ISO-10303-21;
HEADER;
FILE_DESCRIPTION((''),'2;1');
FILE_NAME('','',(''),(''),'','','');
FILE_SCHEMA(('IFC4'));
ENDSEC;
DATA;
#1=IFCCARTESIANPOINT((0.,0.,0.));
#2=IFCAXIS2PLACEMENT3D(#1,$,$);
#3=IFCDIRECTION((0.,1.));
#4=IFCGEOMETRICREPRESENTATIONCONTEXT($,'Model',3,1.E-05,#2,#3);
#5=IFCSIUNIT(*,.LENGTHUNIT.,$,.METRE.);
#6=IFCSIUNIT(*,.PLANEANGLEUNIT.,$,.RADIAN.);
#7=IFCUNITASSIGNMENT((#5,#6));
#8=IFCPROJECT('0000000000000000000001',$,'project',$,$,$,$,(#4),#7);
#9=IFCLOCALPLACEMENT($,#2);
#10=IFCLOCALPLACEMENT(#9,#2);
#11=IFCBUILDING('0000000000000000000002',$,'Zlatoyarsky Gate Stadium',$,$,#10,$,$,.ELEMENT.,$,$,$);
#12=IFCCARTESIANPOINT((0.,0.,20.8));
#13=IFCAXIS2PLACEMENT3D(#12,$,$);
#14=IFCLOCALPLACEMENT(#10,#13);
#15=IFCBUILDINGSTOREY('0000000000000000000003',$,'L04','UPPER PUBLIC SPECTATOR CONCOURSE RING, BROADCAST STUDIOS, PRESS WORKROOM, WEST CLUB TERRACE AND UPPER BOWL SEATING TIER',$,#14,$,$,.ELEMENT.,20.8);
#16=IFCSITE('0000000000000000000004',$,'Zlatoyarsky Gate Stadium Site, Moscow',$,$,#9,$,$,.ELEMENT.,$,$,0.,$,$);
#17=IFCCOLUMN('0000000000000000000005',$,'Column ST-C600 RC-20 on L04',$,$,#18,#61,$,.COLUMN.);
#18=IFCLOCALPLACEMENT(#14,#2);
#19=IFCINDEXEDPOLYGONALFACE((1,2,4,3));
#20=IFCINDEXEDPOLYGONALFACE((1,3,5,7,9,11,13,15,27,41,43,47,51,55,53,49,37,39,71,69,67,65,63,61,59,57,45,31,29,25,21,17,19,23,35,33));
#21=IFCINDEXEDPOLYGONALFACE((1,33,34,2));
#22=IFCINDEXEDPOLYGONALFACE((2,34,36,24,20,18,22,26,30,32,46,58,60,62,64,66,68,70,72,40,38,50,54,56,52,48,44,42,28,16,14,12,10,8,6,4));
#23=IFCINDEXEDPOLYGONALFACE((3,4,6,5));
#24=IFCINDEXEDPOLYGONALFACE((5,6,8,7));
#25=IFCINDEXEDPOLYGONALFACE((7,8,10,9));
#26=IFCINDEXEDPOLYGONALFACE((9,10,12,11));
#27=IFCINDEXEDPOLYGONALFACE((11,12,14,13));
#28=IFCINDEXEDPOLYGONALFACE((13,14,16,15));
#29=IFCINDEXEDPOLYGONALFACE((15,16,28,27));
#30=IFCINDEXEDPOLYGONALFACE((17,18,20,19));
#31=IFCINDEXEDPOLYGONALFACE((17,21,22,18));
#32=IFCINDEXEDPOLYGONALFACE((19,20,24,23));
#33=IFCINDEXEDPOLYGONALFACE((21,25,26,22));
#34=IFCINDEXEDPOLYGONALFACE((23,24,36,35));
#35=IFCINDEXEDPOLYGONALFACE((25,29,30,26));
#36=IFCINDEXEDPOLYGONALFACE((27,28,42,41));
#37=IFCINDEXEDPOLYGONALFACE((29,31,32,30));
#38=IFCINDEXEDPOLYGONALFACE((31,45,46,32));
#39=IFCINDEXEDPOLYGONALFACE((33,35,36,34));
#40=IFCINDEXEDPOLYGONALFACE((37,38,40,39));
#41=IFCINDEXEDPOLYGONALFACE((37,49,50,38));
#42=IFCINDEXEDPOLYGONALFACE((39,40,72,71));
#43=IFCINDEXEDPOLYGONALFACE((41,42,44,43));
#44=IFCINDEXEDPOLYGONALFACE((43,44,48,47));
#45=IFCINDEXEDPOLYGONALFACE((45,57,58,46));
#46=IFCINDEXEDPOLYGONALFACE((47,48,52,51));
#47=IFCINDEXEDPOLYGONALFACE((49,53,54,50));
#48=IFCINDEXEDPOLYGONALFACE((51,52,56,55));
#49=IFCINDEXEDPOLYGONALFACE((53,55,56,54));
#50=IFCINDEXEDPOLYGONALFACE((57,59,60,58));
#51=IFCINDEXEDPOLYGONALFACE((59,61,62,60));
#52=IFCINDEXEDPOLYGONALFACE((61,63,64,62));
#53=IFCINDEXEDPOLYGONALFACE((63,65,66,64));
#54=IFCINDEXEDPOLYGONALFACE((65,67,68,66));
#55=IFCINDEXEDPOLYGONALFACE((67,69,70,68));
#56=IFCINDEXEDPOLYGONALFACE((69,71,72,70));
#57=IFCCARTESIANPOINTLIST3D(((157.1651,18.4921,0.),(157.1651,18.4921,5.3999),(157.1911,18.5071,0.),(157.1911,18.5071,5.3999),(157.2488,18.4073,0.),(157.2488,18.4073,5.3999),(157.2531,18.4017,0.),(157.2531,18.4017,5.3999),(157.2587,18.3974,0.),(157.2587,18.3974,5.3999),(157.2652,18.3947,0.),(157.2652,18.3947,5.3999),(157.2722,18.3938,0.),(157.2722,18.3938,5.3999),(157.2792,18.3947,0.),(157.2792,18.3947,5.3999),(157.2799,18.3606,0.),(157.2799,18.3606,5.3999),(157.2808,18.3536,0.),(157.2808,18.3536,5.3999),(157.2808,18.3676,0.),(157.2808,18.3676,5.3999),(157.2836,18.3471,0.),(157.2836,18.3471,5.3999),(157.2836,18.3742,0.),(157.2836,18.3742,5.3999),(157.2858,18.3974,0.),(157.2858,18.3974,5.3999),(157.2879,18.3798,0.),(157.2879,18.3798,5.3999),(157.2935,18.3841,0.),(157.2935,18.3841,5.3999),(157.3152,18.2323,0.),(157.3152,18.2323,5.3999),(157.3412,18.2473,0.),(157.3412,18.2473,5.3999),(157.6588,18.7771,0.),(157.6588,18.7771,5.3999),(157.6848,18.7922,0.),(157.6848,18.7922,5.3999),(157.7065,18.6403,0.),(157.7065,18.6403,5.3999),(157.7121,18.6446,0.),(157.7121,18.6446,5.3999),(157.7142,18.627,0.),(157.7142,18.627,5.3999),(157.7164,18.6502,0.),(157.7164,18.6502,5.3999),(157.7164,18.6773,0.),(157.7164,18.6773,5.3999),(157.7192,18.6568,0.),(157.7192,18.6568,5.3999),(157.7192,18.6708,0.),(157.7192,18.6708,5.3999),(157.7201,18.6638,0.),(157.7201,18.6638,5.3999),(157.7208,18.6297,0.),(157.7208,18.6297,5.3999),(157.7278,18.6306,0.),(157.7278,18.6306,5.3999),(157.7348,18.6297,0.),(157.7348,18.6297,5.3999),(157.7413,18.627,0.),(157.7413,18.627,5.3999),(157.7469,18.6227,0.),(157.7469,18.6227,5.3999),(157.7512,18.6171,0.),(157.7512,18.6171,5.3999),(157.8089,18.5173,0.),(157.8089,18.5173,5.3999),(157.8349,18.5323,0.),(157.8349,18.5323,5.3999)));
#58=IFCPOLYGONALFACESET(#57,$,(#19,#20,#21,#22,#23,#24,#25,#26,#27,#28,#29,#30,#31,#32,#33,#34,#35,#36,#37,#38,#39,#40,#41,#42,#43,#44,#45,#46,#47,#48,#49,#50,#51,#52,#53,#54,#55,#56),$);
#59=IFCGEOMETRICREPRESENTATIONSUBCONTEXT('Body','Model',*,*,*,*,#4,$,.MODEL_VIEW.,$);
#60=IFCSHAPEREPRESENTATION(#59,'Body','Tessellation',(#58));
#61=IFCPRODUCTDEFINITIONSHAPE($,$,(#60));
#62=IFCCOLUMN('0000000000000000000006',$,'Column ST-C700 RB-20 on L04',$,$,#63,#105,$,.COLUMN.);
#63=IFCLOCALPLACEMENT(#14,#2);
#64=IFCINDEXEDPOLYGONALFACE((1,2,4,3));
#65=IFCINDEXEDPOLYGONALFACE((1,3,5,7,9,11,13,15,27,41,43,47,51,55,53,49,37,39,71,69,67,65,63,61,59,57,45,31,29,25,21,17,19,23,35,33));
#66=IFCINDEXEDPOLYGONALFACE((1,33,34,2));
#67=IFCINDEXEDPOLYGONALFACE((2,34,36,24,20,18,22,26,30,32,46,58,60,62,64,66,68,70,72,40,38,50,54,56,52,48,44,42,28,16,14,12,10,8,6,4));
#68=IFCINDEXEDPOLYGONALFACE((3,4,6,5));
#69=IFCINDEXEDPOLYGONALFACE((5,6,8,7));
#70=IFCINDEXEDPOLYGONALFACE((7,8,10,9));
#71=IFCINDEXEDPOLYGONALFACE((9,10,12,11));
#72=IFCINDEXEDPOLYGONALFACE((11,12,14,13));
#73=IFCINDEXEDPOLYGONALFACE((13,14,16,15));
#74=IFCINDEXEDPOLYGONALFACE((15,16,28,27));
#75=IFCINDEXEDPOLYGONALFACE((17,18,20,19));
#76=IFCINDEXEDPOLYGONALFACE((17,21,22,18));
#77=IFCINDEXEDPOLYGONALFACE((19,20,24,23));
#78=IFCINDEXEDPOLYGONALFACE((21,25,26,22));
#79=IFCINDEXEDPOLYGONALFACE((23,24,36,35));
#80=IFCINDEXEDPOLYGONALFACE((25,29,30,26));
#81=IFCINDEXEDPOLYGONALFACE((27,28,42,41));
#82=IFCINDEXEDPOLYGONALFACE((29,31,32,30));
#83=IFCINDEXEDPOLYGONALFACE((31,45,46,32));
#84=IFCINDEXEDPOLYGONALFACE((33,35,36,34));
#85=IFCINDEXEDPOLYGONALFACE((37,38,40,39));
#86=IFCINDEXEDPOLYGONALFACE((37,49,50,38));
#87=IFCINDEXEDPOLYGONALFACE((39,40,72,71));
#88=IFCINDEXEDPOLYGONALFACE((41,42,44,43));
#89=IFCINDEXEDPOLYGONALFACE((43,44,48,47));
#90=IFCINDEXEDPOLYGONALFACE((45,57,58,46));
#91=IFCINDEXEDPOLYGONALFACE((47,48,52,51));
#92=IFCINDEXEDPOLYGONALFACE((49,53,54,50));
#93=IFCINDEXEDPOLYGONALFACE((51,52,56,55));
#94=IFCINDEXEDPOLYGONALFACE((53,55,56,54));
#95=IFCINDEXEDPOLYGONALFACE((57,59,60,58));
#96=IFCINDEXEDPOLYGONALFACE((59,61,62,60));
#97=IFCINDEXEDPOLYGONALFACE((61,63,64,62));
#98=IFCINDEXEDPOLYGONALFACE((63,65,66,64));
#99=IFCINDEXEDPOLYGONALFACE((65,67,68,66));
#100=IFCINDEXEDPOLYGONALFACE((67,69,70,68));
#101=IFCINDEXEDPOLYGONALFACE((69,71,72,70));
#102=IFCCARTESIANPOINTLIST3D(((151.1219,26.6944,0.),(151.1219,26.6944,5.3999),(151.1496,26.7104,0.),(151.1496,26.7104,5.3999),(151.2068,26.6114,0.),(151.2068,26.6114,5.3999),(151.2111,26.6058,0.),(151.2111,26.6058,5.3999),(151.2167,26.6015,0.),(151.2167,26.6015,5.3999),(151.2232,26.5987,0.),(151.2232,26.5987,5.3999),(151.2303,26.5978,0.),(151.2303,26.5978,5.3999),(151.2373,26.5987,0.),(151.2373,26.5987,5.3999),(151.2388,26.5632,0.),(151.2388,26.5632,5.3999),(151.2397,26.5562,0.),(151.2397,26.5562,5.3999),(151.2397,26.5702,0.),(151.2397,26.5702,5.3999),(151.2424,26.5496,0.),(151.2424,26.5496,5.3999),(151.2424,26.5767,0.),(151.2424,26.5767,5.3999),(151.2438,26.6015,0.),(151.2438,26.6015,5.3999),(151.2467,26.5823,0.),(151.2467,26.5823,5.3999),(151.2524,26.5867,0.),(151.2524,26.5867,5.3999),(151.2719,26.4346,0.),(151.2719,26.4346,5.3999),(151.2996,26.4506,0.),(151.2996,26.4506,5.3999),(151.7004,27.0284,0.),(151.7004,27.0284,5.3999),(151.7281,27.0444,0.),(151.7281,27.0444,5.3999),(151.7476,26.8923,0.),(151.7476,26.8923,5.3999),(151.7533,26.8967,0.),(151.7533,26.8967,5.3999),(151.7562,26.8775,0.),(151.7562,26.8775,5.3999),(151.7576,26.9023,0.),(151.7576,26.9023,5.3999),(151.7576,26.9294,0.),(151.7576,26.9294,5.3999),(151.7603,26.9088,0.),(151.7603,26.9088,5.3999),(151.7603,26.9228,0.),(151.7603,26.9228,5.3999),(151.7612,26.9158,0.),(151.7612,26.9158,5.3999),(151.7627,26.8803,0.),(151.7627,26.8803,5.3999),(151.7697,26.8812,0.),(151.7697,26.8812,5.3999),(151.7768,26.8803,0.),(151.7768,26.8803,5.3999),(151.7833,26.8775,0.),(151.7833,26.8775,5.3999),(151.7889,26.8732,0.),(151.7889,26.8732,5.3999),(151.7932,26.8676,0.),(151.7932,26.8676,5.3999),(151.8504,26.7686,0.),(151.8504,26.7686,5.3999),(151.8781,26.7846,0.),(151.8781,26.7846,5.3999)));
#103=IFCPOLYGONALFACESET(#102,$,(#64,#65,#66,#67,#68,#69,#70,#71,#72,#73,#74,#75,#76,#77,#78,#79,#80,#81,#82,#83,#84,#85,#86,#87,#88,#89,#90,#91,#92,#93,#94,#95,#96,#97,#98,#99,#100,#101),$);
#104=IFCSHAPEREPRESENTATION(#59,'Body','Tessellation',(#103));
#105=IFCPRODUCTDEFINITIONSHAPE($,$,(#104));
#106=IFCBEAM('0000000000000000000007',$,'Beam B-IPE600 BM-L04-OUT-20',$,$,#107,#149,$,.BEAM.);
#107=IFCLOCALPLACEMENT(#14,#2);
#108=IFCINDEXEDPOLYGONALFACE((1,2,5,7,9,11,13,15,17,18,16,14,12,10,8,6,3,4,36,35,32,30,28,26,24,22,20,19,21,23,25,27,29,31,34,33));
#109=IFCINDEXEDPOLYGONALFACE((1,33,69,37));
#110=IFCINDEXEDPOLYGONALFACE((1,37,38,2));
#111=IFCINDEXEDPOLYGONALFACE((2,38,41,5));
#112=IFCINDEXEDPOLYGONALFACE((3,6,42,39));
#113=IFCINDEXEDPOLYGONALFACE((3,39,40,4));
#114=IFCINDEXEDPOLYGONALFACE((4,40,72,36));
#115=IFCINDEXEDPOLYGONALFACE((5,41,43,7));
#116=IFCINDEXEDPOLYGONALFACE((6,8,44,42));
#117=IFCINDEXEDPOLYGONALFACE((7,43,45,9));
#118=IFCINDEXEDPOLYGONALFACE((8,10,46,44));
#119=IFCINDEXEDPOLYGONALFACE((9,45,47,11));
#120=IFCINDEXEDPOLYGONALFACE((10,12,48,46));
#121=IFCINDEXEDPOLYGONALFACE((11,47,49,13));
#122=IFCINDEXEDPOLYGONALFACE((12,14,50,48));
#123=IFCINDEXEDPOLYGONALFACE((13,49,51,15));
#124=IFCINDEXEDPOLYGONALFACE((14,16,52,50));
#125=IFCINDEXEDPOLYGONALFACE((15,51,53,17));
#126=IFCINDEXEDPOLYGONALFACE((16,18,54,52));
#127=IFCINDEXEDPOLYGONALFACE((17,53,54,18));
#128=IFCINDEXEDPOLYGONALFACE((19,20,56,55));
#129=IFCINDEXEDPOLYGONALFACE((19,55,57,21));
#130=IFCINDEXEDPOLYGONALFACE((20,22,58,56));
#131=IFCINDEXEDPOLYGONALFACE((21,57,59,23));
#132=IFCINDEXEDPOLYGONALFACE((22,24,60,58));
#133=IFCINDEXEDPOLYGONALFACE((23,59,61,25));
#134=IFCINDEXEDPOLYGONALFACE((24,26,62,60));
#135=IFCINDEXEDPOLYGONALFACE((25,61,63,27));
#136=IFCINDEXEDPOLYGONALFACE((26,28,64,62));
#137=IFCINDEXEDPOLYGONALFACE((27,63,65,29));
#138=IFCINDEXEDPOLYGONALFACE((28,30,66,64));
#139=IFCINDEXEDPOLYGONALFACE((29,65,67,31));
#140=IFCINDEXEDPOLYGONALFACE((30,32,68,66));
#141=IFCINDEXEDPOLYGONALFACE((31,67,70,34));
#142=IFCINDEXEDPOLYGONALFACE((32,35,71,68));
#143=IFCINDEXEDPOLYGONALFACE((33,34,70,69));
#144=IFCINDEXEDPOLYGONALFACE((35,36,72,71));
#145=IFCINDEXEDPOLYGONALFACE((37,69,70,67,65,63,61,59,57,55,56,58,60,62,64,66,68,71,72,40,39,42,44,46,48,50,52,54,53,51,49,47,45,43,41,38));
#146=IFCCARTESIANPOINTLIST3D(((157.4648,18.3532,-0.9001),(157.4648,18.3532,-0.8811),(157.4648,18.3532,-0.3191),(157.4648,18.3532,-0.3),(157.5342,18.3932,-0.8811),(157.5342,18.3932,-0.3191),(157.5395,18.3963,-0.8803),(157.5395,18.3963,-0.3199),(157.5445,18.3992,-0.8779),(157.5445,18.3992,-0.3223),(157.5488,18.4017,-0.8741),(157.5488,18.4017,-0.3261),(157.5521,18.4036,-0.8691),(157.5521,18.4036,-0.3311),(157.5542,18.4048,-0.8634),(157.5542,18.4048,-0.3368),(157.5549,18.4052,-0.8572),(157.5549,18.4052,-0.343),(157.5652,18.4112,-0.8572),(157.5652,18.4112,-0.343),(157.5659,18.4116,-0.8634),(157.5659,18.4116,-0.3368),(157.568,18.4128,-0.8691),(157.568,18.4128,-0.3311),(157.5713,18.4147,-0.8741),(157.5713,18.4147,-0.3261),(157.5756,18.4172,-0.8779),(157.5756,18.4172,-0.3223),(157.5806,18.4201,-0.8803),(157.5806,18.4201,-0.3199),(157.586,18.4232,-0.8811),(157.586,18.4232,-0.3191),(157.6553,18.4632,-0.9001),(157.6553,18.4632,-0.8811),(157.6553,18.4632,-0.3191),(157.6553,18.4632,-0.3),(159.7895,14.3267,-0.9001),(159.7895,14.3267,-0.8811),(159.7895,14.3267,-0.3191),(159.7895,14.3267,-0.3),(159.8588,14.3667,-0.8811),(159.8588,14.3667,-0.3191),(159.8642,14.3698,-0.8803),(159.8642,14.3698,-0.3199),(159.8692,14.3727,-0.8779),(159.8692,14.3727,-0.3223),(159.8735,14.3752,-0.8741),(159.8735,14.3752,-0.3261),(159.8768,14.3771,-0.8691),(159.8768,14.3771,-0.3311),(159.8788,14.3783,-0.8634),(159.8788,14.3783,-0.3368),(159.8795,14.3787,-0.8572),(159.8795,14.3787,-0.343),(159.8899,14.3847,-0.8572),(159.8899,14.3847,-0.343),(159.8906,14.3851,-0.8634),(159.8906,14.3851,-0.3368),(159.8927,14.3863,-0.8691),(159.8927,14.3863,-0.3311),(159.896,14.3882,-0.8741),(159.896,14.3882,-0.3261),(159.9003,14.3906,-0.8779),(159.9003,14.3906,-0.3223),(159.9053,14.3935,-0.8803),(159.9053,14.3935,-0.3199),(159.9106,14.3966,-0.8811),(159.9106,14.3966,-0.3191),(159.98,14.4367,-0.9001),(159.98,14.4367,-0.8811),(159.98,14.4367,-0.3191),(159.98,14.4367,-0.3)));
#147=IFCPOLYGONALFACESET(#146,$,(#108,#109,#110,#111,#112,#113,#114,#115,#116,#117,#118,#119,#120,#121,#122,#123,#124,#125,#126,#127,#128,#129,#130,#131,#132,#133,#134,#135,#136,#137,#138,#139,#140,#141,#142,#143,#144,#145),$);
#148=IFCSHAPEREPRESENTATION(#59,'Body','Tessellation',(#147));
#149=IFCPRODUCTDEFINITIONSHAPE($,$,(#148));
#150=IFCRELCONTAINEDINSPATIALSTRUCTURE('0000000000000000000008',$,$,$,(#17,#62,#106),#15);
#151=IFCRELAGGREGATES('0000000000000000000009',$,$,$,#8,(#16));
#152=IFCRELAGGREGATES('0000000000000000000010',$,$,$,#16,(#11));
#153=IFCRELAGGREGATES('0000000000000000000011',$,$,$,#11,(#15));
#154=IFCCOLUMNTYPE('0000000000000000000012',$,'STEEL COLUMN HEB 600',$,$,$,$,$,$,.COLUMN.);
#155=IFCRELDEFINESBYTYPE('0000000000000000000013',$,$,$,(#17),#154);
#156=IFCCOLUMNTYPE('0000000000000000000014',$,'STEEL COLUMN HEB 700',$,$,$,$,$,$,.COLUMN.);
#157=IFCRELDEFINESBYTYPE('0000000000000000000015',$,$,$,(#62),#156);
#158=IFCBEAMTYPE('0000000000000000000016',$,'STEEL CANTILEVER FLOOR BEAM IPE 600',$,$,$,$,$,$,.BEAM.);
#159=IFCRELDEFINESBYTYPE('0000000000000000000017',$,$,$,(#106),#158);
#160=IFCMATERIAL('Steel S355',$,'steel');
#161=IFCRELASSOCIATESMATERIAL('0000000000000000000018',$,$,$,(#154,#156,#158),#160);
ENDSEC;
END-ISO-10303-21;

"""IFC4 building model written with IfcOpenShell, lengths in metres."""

from ifc_helpers import new_model, si_unit, direction, frame, origin, origin_2d, place, context, subcontext, project, spatial, i_section, extrude, material, material_profile, profile_set, type_object, element, save


model = new_model("IFC4")

# Units and contexts
model_context = context("Model", 3, precision=1e-05, world=origin(), true_north=direction((0.0, 1.0)))
body_context = subcontext(model_context, "Body", "Model", "MODEL_VIEW")
ifc_project = project(units=[si_unit("LENGTHUNIT", "METRE"), si_unit("PLANEANGLEUNIT", "RADIAN")], contexts=[model_context])

# Site, building, storey
site_placement = place(None, origin())
site = spatial("IfcSite", under=ifc_project, at=site_placement, Name="Zlatoyarsky Gate Stadium Site, Moscow", CompositionType="ELEMENT", RefElevation=0.0)
building_placement = place(site_placement, origin())
building = spatial("IfcBuilding", under=site, at=building_placement, Name="Zlatoyarsky Gate Stadium", CompositionType="ELEMENT")
storey_placement = place(building_placement, frame((0.0, 0.0, 20.8)))
storey = spatial("IfcBuildingStorey", under=building, at=storey_placement, Name="L04", Description="UPPER PUBLIC SPECTATOR CONCOURSE RING, BROADCAST STUDIOS, PRESS WORKROOM, WEST CLUB TERRACE AND UPPER BOWL SEATING TIER", CompositionType="ELEMENT", Elevation=20.8)

# Columns
ifc_material_1 = material(Name="Steel S355", Category="steel")
ifc_material_profile_1 = material_profile(ifc_material_1, i_section(OverallWidth=0.3, OverallDepth=0.6001, WebThickness=0.0154, FlangeThickness=0.03, FilletRadius=0.0271, at=origin_2d()), Name="HEB 600")
ifc_profile_set_1 = profile_set([ifc_material_profile_1], Name="Steel S355")
column_type_1 = type_object("IfcColumnType", Name="STEEL COLUMN HEB 600", PredefinedType="COLUMN", material=ifc_profile_set_1)
column_1_placement = place(storey_placement, frame((157.5, 18.5122, 0.0), z_axis=(0.0, 0.0, 1.0), x_axis=(0.5, -0.866025, 0.0)))
element("IfcColumn", 1, at=column_1_placement, inside=storey, type_object=column_type_1, Name="Column ST-C600 RC-20 on L04", PredefinedType="COLUMN", context=body_context, shape_type="SweptSolid", body=[
    extrude(i_section(OverallWidth=0.3, OverallDepth=0.6001, WebThickness=0.0154, FlangeThickness=0.03, FilletRadius=0.0271, at=origin_2d()), origin(), (0.0, 0.0, 1.0), 5.3999),
])
ifc_material_profile_2 = material_profile(ifc_material_1, i_section(OverallWidth=0.3, OverallDepth=0.7, WebThickness=0.0171, FlangeThickness=0.032, FilletRadius=0.0271, at=origin_2d()), Name="HEB 700")
ifc_profile_set_2 = profile_set([ifc_material_profile_2], Name="Steel S355")
column_type_2 = type_object("IfcColumnType", Name="STEEL COLUMN HEB 700", PredefinedType="COLUMN", material=ifc_profile_set_2)
column_2_placement = place(storey_placement, frame((151.5, 26.7395, 0.0), z_axis=(0.0, 0.0, 1.0), x_axis=(0.5, -0.866025, 0.0)))
element("IfcColumn", 2, at=column_2_placement, inside=storey, type_object=column_type_2, Name="Column ST-C700 RB-20 on L04", PredefinedType="COLUMN", context=body_context, shape_type="SweptSolid", body=[
    extrude(i_section(OverallWidth=0.3, OverallDepth=0.7, WebThickness=0.0171, FlangeThickness=0.032, FilletRadius=0.0271, at=origin_2d()), origin(), (0.0, 0.0, 1.0), 5.3999),
])

# Beam
ifc_material_profile_3 = material_profile(ifc_material_1, i_section(OverallWidth=0.22, OverallDepth=0.6001, WebThickness=0.012, FlangeThickness=0.019, FilletRadius=0.0239, at=origin_2d()), Name="IPE 600")
ifc_profile_set_3 = profile_set([ifc_material_profile_3], Name="Steel S355")
beam_type_1 = type_object("IfcBeamType", Name="STEEL CANTILEVER FLOOR BEAM IPE 600", PredefinedType="BEAM", material=ifc_profile_set_3)
beam_1_placement = place(storey_placement, frame((157.5601, 18.4082, -0.6001), z_axis=(0.499991, -0.866031, 0.0), x_axis=(0.866031, 0.499991, 0.0)))
element("IfcBeam", 3, at=beam_1_placement, inside=storey, type_object=beam_type_1, Name="Beam B-IPE600 BM-L04-OUT-20", PredefinedType="BEAM", context=body_context, shape_type="SweptSolid", body=[
    extrude(i_section(OverallWidth=0.22, OverallDepth=0.6001, WebThickness=0.012, FlangeThickness=0.019, FilletRadius=0.0239, at=origin_2d()), origin(), (0.0, 0.0, 1.0), 4.6494),
])

save(model, "model.ifc")
